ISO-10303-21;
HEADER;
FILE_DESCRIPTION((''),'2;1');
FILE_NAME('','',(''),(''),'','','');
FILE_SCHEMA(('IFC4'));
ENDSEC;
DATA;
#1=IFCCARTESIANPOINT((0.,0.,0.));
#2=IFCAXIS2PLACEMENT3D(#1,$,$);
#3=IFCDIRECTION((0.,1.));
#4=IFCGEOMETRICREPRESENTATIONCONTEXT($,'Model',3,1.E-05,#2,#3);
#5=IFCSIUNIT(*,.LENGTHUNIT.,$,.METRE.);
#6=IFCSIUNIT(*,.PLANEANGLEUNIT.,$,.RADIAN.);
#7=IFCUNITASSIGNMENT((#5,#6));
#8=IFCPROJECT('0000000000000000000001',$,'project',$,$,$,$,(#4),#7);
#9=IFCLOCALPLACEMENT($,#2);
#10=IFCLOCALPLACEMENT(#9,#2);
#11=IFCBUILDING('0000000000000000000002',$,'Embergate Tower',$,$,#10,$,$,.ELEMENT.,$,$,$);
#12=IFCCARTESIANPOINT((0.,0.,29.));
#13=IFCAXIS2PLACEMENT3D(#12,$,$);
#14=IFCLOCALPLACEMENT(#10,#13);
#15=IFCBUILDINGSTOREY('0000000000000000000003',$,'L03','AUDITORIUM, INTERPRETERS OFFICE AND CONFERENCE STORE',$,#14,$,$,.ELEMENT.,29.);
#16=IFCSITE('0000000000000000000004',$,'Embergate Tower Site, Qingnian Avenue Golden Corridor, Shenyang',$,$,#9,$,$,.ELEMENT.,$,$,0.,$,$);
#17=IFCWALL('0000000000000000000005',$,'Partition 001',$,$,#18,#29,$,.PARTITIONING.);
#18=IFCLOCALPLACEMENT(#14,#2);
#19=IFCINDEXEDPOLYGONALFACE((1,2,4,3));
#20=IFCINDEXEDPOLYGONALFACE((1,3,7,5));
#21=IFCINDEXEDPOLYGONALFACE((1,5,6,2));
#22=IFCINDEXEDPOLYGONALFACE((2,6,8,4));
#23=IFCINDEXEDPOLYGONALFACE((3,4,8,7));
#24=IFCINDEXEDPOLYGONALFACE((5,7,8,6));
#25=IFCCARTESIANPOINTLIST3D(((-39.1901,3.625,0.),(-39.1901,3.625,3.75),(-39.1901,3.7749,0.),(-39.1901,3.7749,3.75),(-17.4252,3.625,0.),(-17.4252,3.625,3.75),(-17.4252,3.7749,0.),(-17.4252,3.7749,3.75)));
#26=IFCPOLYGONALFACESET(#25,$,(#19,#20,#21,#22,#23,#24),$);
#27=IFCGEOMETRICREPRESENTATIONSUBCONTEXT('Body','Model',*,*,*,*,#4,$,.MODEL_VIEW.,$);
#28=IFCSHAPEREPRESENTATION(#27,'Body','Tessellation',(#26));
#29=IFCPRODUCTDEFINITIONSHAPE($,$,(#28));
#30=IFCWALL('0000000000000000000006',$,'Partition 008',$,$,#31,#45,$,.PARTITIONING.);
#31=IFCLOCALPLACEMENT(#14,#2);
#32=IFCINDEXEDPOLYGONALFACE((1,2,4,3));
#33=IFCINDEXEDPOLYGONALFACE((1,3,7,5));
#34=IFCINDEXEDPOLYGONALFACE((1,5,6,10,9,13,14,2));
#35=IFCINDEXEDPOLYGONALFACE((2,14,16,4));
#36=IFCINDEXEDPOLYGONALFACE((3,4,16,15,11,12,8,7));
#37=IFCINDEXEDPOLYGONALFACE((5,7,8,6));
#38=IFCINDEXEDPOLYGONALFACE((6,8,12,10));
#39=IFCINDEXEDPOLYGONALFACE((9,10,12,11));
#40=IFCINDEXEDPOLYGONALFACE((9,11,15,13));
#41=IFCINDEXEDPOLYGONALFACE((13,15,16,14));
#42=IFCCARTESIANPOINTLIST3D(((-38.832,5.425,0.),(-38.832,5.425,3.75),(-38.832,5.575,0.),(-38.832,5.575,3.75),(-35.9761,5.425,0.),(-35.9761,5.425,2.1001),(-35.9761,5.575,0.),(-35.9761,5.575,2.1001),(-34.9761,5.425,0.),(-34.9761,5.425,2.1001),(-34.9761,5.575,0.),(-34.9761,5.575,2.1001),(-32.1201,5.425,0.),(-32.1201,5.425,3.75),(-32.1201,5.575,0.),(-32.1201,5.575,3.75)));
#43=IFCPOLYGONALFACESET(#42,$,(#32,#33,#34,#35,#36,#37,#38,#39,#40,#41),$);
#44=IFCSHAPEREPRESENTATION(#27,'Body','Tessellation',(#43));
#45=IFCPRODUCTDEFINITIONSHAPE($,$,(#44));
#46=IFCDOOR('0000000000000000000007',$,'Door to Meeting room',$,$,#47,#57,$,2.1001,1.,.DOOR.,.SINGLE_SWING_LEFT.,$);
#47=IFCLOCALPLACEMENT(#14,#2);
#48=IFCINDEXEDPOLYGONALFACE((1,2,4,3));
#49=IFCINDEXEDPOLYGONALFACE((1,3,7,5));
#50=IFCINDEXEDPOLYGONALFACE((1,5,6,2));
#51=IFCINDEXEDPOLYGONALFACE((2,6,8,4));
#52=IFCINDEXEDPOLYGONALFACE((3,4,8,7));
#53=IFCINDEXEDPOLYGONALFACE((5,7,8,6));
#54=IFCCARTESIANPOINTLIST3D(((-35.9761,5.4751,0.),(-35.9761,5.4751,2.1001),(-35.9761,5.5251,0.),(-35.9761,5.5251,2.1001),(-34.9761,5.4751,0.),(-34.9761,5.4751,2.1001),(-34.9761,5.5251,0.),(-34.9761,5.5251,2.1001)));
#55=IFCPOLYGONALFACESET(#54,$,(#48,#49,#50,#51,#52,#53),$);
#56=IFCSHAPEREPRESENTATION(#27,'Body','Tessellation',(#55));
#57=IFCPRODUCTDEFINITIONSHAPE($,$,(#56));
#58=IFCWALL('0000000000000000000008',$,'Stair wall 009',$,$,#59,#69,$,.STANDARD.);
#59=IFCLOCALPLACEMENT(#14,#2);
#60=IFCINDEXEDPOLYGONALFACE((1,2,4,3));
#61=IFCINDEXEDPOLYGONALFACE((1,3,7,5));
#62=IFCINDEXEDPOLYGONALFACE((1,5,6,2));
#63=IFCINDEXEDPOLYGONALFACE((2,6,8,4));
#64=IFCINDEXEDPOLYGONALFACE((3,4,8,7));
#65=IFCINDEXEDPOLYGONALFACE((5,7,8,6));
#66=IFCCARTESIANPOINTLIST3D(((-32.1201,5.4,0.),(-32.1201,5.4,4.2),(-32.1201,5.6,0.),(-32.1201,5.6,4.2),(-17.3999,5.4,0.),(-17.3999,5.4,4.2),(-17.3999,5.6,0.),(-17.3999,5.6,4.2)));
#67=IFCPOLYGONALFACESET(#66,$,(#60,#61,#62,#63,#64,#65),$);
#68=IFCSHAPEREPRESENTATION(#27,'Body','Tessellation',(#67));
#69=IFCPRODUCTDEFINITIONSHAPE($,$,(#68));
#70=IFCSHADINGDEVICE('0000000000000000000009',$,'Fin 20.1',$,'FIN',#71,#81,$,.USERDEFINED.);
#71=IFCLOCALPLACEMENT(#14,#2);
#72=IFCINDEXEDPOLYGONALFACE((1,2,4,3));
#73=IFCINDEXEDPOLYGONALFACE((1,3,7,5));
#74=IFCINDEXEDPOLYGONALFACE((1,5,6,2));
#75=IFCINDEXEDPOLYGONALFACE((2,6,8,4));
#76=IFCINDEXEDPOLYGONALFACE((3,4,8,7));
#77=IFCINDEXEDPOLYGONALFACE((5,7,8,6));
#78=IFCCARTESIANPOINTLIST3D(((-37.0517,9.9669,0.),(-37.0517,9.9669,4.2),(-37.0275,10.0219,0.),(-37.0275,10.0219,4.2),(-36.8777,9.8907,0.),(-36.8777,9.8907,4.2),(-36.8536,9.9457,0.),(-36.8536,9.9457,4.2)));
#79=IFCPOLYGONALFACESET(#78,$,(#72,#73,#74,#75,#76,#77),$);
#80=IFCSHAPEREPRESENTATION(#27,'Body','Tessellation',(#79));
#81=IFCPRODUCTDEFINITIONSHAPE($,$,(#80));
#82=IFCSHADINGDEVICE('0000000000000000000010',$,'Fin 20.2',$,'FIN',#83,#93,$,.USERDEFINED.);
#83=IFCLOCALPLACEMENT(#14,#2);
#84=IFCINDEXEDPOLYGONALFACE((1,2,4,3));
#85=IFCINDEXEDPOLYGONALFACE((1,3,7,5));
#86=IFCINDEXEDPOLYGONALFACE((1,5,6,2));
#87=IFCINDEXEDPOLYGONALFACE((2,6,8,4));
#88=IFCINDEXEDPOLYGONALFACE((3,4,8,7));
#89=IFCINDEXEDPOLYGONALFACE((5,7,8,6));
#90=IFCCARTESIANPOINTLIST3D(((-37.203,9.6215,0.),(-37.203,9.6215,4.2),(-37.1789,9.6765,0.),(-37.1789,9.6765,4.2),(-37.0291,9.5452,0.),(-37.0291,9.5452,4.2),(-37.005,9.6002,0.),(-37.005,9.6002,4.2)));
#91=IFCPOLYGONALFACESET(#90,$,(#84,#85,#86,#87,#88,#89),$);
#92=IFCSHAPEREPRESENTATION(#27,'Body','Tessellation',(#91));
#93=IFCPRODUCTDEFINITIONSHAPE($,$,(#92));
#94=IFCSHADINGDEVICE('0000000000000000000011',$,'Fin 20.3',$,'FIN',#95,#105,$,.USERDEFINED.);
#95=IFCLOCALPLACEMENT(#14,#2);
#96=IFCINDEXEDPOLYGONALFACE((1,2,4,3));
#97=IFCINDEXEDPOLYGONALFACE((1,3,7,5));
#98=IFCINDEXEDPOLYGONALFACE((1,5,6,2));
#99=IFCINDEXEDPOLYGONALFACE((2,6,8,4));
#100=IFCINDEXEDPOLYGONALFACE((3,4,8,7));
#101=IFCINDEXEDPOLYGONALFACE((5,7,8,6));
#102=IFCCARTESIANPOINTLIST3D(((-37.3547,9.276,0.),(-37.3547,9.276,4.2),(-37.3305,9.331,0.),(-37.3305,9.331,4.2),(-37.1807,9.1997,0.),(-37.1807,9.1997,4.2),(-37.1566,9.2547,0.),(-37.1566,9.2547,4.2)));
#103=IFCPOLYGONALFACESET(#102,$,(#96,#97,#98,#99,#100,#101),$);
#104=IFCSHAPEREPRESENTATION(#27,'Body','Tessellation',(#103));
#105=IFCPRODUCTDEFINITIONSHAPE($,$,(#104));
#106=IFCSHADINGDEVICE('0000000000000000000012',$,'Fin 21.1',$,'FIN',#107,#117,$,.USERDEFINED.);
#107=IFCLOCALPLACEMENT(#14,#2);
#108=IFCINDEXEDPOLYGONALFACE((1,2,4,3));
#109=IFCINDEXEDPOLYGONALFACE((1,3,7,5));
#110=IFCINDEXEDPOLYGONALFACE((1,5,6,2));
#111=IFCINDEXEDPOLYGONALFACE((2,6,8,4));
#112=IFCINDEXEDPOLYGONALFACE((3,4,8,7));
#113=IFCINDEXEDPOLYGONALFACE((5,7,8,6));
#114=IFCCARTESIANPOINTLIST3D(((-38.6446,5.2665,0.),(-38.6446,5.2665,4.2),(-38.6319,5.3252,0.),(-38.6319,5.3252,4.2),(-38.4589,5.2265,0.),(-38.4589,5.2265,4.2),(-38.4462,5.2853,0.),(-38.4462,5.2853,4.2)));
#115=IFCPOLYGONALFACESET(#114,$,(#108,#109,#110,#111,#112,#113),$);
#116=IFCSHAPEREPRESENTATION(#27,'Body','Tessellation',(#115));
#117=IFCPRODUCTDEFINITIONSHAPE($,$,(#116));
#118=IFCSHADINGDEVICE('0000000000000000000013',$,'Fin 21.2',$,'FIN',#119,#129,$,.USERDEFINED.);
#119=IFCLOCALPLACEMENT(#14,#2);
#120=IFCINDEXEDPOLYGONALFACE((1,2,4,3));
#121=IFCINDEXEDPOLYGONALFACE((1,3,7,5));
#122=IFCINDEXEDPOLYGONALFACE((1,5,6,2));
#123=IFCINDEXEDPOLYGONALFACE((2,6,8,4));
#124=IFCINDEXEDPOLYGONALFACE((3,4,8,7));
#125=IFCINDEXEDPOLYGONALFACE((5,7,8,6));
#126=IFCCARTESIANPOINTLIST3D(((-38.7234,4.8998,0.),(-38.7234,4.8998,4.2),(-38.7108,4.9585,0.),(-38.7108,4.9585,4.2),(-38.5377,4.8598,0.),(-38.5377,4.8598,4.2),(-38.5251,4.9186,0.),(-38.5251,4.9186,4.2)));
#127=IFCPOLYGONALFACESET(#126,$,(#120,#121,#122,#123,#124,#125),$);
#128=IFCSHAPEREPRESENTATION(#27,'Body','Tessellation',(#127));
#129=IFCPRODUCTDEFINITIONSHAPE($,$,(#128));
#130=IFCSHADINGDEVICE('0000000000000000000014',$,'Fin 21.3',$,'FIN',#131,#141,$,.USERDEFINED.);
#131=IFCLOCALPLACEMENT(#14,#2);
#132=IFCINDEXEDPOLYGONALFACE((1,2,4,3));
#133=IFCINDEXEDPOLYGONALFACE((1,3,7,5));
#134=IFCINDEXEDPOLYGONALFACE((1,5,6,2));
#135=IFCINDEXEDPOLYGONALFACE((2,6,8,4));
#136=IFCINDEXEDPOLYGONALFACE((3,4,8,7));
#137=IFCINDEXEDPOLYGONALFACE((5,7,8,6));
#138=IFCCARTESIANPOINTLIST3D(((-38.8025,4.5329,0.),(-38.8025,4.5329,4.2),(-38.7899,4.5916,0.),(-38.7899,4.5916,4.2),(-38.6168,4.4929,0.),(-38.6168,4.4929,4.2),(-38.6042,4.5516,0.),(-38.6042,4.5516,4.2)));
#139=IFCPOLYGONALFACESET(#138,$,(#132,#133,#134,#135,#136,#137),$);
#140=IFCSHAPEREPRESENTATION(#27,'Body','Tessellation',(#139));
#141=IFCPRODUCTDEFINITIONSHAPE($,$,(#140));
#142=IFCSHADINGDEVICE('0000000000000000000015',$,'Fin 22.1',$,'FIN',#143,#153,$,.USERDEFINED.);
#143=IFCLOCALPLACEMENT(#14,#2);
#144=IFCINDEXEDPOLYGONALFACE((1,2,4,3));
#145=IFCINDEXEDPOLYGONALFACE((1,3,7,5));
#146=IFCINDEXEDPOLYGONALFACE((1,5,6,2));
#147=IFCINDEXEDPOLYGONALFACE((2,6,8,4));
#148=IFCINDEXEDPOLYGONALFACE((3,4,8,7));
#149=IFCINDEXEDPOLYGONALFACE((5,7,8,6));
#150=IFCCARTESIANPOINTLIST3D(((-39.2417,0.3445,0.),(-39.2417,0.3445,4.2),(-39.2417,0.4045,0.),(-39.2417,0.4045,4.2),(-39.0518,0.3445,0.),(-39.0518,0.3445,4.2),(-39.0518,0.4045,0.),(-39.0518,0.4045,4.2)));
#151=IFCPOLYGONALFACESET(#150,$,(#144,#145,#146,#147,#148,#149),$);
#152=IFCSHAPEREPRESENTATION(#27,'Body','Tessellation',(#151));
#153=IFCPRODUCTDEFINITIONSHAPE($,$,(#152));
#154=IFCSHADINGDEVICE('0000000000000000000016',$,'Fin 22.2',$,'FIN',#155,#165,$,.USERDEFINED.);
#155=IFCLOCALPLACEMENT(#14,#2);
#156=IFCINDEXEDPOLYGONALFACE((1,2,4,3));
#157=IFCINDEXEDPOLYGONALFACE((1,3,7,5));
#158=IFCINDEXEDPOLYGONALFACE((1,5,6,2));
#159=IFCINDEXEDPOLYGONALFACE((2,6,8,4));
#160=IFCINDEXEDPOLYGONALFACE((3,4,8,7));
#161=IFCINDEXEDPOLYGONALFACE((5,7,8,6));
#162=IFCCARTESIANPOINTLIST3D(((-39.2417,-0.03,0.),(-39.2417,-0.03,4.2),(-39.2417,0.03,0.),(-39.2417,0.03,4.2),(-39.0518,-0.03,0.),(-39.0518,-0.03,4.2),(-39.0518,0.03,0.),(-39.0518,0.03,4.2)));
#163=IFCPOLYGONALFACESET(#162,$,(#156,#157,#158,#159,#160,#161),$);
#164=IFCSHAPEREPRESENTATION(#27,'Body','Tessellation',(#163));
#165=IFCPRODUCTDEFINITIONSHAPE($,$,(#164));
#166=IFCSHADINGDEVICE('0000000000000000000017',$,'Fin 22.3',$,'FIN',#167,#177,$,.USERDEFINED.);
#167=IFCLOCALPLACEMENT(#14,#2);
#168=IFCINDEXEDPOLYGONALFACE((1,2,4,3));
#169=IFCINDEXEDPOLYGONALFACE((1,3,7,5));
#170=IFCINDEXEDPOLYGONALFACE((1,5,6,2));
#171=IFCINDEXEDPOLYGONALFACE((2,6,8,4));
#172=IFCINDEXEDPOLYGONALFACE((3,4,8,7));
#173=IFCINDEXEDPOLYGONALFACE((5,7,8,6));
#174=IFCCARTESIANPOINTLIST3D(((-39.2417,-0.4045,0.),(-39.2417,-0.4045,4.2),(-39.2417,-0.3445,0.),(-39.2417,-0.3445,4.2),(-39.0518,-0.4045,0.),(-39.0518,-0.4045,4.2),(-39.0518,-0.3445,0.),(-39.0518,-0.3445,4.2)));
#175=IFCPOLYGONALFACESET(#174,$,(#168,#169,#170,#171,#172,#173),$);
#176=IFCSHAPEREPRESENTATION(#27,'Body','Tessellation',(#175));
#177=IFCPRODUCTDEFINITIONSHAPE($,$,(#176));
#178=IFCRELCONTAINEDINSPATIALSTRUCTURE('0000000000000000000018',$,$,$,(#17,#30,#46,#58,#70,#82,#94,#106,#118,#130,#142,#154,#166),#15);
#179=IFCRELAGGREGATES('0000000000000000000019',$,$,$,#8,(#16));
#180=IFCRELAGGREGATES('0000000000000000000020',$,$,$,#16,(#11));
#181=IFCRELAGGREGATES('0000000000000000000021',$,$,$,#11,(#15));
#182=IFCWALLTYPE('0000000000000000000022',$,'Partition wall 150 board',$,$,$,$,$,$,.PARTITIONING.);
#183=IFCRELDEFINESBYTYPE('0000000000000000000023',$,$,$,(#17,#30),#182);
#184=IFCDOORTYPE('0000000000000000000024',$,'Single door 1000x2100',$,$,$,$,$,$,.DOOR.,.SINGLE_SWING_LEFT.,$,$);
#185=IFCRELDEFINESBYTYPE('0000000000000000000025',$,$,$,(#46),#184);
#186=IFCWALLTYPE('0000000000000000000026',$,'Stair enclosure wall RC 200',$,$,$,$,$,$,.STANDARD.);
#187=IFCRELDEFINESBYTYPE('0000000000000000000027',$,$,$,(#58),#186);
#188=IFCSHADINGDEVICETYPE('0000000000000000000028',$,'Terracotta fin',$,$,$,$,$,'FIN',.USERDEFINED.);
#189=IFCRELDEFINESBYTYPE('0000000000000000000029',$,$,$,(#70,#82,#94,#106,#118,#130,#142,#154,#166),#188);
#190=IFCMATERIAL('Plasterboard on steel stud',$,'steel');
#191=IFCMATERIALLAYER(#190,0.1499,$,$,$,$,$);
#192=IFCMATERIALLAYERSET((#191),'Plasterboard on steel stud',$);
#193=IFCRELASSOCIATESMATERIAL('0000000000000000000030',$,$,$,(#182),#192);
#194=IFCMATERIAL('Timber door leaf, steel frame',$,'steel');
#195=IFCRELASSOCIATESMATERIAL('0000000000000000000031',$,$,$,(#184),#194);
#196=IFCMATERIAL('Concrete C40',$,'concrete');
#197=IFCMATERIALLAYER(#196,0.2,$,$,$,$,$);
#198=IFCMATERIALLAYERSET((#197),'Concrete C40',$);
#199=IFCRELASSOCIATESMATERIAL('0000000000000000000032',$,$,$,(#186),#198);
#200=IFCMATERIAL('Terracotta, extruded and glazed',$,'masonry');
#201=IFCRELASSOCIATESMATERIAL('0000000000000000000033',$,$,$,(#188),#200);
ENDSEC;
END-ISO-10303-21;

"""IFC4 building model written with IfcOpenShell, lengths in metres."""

from ifc_helpers import new_model, si_unit, direction, frame, frame_2d, origin, origin_2d, place, context, subcontext, project, spatial, rectangle, extrude, source, transform, mapped, material, layer, layer_set, material_profile, profile_set, type_object, element, fill, save


model = new_model("IFC4")

# Units and contexts
model_context = context("Model", 3, precision=1e-05, world=origin(), true_north=direction((0.0, 1.0)))
body_context = subcontext(model_context, "Body", "Model", "MODEL_VIEW")
ifc_project = project(units=[si_unit("LENGTHUNIT", "METRE"), si_unit("PLANEANGLEUNIT", "RADIAN")], contexts=[model_context])

# Site, building, storey
site_placement = place(None, origin())
site = spatial("IfcSite", under=ifc_project, at=site_placement, Name="Embergate Tower Site, Qingnian Avenue Golden Corridor, Shenyang", CompositionType="ELEMENT", RefElevation=0.0)
building_placement = place(site_placement, origin())
building = spatial("IfcBuilding", under=site, at=building_placement, Name="Embergate Tower", CompositionType="ELEMENT")
storey_placement = place(building_placement, frame((0.0, 0.0, 29.0)))
storey = spatial("IfcBuildingStorey", under=building, at=storey_placement, Name="L03", Description="AUDITORIUM, INTERPRETERS OFFICE AND CONFERENCE STORE", CompositionType="ELEMENT", Elevation=29.0)

# Wall
ifc_material_1 = material(Name="Plasterboard on steel stud", Category="steel")
ifc_layer_1 = layer(ifc_material_1, 0.1499)
ifc_layer_set_1 = layer_set([ifc_layer_1], Name="Plasterboard on steel stud")
wall_type_1 = type_object("IfcWallType", Name="Partition wall 150 board", PredefinedType="PARTITIONING", material=ifc_layer_set_1)
shared_shape_1 = source(origin(), body_context, "Body", "SweptSolid", [
    extrude(rectangle(XDim=21.7649, YDim=0.1499, at=frame_2d((10.8823, 0.0))), origin(), (0.0, 0.0, 1.0), 3.75),
])
wall_1_placement = place(storey_placement, frame((-39.1899, 3.7, 0.0), z_axis=(0.0, 0.0, 1.0), x_axis=(1.0, 0.0, 0.0)))
element("IfcWall", 1, at=wall_1_placement, inside=storey, type_object=wall_type_1, Name="Partition 001", PredefinedType="PARTITIONING", context=body_context, shape_type="MappedRepresentation", body=[
    mapped(shared_shape_1, transform((0.0, 0.0, 0.0))),
])

# Wall, opening, door
shared_shape_2 = source(origin(), body_context, "Body", "SweptSolid", [
    extrude(rectangle(XDim=6.7119, YDim=0.1499, at=frame_2d((3.356, 0.0))), origin(), (0.0, 0.0, 1.0), 3.75),
])
wall_2_placement = place(storey_placement, frame((-32.1201, 5.5, 0.0), z_axis=(0.0, 0.0, 1.0), x_axis=(-1.0, 0.0, 0.0)))
wall_2 = element("IfcWall", 2, at=wall_2_placement, inside=storey, type_object=wall_type_1, Name="Partition 008", PredefinedType="PARTITIONING", context=body_context, shape_type="MappedRepresentation", body=[
    mapped(shared_shape_2, transform((0.0, 0.0, 0.0))),
])
shared_shape_3 = source(origin(), body_context, "Body", "SweptSolid", [
    extrude(rectangle(XDim=1.0, YDim=2.1001, at=frame_2d((0.5, 1.05))), frame((0.0, 0.085, 0.0), z_axis=(0.0, -1.0, 0.0), x_axis=(1.0, 0.0, 0.0)), (0.0, 0.0, 1.0), 0.1699),
])
opening_placement = place(wall_2_placement, frame((2.856, 0.0, 0.0)))
opening = element("IfcOpeningElement", 3, at=opening_placement, cuts=wall_2, PredefinedType="OPENING", context=body_context, shape_type="MappedRepresentation", body=[
    mapped(shared_shape_3, transform((0.0, 0.0, 0.0))),
])
ifc_material_2 = material(Name="Timber door leaf, steel frame", Category="steel")
door_type = type_object("IfcDoorType", Name="Single door 1000x2100", OperationType="SINGLE_SWING_LEFT", PredefinedType="DOOR", material=ifc_material_2)
shared_shape_4 = source(origin(), body_context, "Body", "SweptSolid", [
    extrude(rectangle(XDim=1.0, YDim=2.1001, at=frame_2d((0.5, 1.05))), frame((0.0, 0.0249, 0.0), z_axis=(0.0, -1.0, 0.0), x_axis=(1.0, 0.0, 0.0)), (0.0, 0.0, 1.0), 0.05),
])
door_placement = place(opening_placement, origin())
door = element("IfcDoor", 4, at=door_placement, inside=storey, type_object=door_type, Name="Door to Meeting room", OperationType="SINGLE_SWING_LEFT", OverallHeight=2.1001, OverallWidth=1.0, PredefinedType="DOOR", context=body_context, shape_type="MappedRepresentation", body=[
    mapped(shared_shape_4, transform((0.0, 0.0, 0.0))),
])
fill(opening, door)

# Wall
ifc_material_3 = material(Name="Concrete C40", Category="concrete")
ifc_layer_2 = layer(ifc_material_3, 0.2)
ifc_layer_set_2 = layer_set([ifc_layer_2], Name="Concrete C40")
wall_type_2 = type_object("IfcWallType", Name="Stair enclosure wall RC 200", PredefinedType="STANDARD", material=ifc_layer_set_2)
shared_shape_5 = source(origin(), body_context, "Body", "SweptSolid", [
    extrude(rectangle(XDim=14.7202, YDim=0.2, at=frame_2d((7.3601, 0.0))), origin(), (0.0, 0.0, 1.0), 4.2),
])
wall_3_placement = place(storey_placement, frame((-32.1201, 5.5, 0.0), z_axis=(0.0, 0.0, 1.0), x_axis=(1.0, 0.0, 0.0)))
element("IfcWall", 5, at=wall_3_placement, inside=storey, type_object=wall_type_2, Name="Stair wall 009", PredefinedType="STANDARD", context=body_context, shape_type="MappedRepresentation", body=[
    mapped(shared_shape_5, transform((0.0, 0.0, 0.0))),
])

# Shading devices
ifc_material_4 = material(Name="Terracotta, extruded and glazed", Category="masonry")
ifc_material_profile_1 = material_profile(ifc_material_4, rectangle(XDim=0.1899, YDim=0.0601, at=origin_2d()), Name="TC 190x60")
ifc_profile_set_1 = profile_set([ifc_material_profile_1], Name="Terracotta, extruded and glazed")
shading_device_type = type_object("IfcShadingDeviceType", Name="Terracotta fin", ElementType="FIN", PredefinedType="USERDEFINED", material=ifc_profile_set_1)
shared_shape_6 = source(origin(), body_context, "Body", "SweptSolid", [
    extrude(rectangle(XDim=0.1899, YDim=0.0601, at=origin_2d()), origin(), (0.0, 0.0, 1.0), 4.2),
])
for number, where, z_axis, x_axis, name in (
    (6, (-36.9526, 9.9563, 0.0), (0.0, 0.0, 1.0), (0.915796, -0.401644, 0.0), "Fin 20.1"),
    (7, (-37.104, 9.6108, 0.0), (0.0, 0.0, 1.0), (0.915796, -0.401644, 0.0), "Fin 20.2"),
    (8, (-37.2556, 9.2654, 0.0), (0.0, 0.0, 1.0), (0.915796, -0.401644, 0.0), "Fin 20.3"),
    (9, (-38.5454, 5.2759, 0.0), (0.0, 0.0, 1.0), (0.977617, -0.210393, 0.0), "Fin 21.1"),
    (10, (-38.6243, 4.9092, 0.0), (0.0, 0.0, 1.0), (0.977617, -0.210393, 0.0), "Fin 21.2"),
    (11, (-38.7034, 4.5422, 0.0), (0.0, 0.0, 1.0), (0.977617, -0.210393, 0.0), "Fin 21.3"),
    (12, (-39.1467, 0.3745, 0.0), (0.0, 0.0, 1.0), (1.0, 0.0, 0.0), "Fin 22.1"),
    (13, (-39.1467, 0.0, 0.0), (0.0, 0.0, 1.0), (1.0, 0.0, 0.0), "Fin 22.2"),
    (14, (-39.1467, -0.3745, 0.0), (0.0, 0.0, 1.0), (1.0, 0.0, 0.0), "Fin 22.3"),
):
    element("IfcShadingDevice", number, at=place(storey_placement, frame(where, z_axis=z_axis, x_axis=x_axis)), inside=storey, type_object=shading_device_type, Name=name, ObjectType="FIN", PredefinedType="USERDEFINED", context=body_context, shape_type="MappedRepresentation", body=[
        mapped(shared_shape_6, transform((0.0, 0.0, 0.0))),
    ])

save(model, "model.ifc")
